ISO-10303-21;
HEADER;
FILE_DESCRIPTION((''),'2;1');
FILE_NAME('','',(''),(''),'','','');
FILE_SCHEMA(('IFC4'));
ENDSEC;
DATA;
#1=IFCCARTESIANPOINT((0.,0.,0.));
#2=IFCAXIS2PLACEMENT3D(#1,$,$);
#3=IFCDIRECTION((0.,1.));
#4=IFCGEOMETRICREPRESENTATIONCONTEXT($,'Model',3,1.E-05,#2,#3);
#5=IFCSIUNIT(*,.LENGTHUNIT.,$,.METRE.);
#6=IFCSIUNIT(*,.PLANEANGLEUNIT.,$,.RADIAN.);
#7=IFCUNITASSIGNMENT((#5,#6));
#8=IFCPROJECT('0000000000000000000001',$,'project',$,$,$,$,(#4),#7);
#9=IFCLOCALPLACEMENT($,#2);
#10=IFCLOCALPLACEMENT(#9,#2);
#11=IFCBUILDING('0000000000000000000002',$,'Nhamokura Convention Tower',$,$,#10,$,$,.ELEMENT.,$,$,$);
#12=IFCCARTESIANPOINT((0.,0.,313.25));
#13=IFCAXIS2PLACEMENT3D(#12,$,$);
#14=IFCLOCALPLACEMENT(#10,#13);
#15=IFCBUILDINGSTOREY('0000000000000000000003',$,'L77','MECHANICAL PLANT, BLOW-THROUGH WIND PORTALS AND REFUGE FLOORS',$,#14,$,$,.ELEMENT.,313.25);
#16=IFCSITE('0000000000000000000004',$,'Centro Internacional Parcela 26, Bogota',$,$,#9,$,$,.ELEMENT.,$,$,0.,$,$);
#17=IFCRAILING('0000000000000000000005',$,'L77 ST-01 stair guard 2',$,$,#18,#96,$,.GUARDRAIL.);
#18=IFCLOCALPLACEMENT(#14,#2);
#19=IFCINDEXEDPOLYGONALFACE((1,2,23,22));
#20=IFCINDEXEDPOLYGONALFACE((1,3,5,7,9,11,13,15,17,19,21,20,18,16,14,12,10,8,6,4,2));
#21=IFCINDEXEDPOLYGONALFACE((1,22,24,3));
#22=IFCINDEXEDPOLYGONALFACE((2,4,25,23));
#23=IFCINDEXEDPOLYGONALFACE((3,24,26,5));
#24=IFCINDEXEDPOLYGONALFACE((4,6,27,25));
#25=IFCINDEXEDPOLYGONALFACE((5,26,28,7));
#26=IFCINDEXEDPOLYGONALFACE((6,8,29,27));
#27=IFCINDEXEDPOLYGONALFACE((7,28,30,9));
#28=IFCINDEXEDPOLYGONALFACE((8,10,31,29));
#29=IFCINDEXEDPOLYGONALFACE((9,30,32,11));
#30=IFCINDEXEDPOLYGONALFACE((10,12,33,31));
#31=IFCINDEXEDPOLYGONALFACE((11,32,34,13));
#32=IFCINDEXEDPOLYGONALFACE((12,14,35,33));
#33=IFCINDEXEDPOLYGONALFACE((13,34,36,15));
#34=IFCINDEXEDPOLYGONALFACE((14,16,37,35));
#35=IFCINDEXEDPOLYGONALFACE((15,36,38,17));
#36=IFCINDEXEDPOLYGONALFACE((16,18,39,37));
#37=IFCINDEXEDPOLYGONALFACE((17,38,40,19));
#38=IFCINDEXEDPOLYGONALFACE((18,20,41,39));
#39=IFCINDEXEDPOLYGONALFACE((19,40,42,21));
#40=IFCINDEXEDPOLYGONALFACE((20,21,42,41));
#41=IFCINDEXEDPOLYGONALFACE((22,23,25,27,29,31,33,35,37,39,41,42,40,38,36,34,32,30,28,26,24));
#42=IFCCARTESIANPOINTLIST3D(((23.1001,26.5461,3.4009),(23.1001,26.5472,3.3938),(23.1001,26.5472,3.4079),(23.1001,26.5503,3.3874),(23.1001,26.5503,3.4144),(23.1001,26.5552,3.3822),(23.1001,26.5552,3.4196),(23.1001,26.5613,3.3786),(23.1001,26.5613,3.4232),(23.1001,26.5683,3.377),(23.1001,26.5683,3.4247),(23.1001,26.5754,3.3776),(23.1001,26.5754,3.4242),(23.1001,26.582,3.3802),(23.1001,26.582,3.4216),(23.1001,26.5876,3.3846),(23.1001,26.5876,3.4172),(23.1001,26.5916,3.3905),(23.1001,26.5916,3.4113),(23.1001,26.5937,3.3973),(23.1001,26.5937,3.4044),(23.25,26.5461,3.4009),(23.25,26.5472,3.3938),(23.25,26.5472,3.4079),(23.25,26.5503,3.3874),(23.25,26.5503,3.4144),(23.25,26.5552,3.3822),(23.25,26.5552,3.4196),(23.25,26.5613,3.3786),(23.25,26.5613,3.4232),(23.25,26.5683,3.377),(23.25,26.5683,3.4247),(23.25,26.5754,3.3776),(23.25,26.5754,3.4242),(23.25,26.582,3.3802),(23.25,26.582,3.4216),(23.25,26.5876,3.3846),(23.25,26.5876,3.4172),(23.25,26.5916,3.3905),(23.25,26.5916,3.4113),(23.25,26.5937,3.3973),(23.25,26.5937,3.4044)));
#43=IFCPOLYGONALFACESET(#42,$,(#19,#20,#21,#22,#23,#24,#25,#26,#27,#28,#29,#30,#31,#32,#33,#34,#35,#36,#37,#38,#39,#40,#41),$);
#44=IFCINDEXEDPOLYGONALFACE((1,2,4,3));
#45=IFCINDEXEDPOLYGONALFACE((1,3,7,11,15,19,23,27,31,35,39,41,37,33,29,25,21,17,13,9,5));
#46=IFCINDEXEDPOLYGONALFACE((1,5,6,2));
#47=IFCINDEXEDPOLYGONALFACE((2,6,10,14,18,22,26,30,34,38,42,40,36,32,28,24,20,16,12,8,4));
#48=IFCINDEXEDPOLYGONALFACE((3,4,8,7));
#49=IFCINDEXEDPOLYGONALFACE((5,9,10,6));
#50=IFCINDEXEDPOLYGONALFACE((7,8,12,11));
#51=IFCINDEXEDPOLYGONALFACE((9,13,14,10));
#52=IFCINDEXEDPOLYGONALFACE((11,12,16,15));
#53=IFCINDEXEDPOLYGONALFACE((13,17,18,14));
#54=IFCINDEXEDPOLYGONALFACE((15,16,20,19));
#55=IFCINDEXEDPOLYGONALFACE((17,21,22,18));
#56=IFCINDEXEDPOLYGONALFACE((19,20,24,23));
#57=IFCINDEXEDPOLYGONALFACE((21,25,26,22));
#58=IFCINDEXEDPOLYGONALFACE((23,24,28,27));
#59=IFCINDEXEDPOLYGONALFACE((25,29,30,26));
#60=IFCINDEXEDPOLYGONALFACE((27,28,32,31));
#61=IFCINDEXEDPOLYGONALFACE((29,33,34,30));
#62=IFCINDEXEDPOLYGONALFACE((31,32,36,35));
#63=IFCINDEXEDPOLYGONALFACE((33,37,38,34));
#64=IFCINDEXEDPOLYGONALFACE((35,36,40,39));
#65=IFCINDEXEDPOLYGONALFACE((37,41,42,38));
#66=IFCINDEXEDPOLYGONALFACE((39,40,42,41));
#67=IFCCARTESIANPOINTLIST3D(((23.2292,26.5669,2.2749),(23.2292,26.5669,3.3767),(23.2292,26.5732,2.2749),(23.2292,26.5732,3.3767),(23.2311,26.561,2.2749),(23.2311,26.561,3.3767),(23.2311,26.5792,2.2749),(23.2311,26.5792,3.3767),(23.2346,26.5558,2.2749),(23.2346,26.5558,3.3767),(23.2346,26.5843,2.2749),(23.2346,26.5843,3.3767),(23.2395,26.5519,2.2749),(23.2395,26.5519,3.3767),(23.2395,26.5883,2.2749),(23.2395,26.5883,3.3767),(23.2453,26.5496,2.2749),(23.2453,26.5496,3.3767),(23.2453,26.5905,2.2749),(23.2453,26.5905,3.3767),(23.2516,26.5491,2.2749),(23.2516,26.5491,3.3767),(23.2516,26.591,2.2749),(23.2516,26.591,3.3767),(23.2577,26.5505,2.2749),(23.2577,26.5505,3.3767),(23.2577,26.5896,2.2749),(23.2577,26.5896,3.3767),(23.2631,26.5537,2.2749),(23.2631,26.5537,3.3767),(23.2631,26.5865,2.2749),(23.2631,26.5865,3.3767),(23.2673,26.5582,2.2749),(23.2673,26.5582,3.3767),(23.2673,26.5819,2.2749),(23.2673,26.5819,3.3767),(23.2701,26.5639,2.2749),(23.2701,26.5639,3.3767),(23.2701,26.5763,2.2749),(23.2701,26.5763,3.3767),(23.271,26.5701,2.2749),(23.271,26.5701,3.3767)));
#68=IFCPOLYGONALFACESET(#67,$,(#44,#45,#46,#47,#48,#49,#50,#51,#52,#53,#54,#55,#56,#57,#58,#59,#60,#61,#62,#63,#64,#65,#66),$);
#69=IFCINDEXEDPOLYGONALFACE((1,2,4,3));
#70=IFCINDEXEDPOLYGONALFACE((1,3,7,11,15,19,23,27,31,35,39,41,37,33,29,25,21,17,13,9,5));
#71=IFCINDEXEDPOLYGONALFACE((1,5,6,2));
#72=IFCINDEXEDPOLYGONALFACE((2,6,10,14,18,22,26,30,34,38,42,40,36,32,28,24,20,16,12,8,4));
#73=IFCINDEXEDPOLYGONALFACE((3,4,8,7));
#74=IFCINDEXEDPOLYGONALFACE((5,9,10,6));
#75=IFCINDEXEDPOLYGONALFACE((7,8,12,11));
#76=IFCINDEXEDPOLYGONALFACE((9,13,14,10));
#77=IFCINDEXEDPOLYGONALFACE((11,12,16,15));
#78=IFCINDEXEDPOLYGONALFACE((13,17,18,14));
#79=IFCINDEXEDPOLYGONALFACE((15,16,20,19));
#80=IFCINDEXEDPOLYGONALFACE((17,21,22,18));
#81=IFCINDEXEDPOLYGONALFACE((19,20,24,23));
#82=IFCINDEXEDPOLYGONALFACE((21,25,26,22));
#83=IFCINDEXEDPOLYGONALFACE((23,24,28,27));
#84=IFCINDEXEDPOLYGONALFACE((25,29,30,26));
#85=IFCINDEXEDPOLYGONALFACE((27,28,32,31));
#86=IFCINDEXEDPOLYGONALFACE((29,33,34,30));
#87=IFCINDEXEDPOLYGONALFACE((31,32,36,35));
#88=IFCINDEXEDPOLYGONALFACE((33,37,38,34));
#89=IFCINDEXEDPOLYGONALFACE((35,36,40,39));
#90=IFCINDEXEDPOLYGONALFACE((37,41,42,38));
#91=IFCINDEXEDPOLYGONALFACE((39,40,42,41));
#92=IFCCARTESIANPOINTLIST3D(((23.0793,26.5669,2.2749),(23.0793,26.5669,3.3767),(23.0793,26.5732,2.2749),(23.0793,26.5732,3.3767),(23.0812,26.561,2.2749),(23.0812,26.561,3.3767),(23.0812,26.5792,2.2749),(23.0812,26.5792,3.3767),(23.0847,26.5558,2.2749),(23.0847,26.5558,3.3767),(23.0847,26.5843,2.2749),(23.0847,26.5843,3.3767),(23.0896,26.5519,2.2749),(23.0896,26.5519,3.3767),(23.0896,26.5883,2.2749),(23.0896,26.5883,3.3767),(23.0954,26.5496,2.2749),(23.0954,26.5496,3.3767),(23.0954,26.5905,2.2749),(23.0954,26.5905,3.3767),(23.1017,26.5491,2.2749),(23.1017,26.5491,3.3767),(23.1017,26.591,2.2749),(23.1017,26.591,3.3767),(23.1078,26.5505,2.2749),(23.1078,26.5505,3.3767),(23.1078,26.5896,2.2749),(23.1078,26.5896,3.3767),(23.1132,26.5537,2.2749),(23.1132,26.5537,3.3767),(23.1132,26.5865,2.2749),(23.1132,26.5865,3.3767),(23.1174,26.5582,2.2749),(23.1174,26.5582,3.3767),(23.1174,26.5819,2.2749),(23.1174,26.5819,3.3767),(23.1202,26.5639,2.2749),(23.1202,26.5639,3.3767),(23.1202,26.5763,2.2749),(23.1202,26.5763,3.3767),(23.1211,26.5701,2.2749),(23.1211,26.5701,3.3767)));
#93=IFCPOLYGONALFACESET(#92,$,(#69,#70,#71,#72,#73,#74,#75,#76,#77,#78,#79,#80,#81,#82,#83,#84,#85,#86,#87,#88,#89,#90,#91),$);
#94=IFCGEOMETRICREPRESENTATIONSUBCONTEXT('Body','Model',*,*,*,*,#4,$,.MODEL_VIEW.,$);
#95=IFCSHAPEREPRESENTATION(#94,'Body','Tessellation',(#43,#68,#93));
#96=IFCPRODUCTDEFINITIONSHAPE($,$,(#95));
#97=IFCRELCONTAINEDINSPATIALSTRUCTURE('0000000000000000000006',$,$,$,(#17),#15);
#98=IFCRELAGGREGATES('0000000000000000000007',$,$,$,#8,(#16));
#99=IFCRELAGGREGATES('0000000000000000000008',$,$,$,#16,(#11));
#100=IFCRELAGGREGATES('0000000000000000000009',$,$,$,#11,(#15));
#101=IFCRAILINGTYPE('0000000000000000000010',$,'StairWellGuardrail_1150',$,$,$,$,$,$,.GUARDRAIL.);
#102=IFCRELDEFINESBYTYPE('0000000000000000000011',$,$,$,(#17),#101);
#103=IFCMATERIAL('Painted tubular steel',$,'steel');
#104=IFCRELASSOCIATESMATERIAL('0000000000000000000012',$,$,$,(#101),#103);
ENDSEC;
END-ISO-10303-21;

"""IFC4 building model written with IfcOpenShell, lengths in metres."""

from ifc_helpers import new_model, si_unit, direction, frame, origin, origin_2d, place, context, subcontext, project, spatial, circle, extrude, material, type_object, element, save


model = new_model("IFC4")

# Units and contexts
model_context = context("Model", 3, precision=1e-05, world=origin(), true_north=direction((0.0, 1.0)))
body_context = subcontext(model_context, "Body", "Model", "MODEL_VIEW")
ifc_project = project(units=[si_unit("LENGTHUNIT", "METRE"), si_unit("PLANEANGLEUNIT", "RADIAN")], contexts=[model_context])

# Site, building, storey
site_placement = place(None, origin())
site = spatial("IfcSite", under=ifc_project, at=site_placement, Name="Centro Internacional Parcela 26, Bogota", CompositionType="ELEMENT", RefElevation=0.0)
building_placement = place(site_placement, origin())
building = spatial("IfcBuilding", under=site, at=building_placement, Name="Nhamokura Convention Tower", CompositionType="ELEMENT")
storey_placement = place(building_placement, frame((0.0, 0.0, 313.25)))
storey = spatial("IfcBuildingStorey", under=building, at=storey_placement, Name="L77", Description="MECHANICAL PLANT, BLOW-THROUGH WIND PORTALS AND REFUGE FLOORS", CompositionType="ELEMENT", Elevation=313.25)

# Railing
ifc_material_1 = material(Name="Painted tubular steel", Category="steel")
railing_type_1 = type_object("IfcRailingType", Name="StairWellGuardrail_1150", PredefinedType="GUARDRAIL", material=ifc_material_1)
railing_1_placement = place(storey_placement, frame((23.25, 26.5701, 2.2749)))
element("IfcRailing", 1, at=railing_1_placement, inside=storey, type_object=railing_type_1, Name="L77 ST-01 stair guard 2", PredefinedType="GUARDRAIL", context=body_context, shape_type="SweptSolid", body=[
    extrude(circle(Radius=0.0239, at=origin_2d()), frame((0.0, 0.0, 1.126), z_axis=(-1.0, 0.0, 0.0), x_axis=(0.0, -1.0, 0.0)), (0.0, 0.0, 1.0), 0.1499),
    extrude(circle(Radius=0.021, at=origin_2d()), origin(), (0.0, 0.0, 1.0), 1.1018),
    extrude(circle(Radius=0.021, at=origin_2d()), frame((-0.1499, 0.0, 0.0)), (0.0, 0.0, 1.0), 1.1018),
])

save(model, "model.ifc")
